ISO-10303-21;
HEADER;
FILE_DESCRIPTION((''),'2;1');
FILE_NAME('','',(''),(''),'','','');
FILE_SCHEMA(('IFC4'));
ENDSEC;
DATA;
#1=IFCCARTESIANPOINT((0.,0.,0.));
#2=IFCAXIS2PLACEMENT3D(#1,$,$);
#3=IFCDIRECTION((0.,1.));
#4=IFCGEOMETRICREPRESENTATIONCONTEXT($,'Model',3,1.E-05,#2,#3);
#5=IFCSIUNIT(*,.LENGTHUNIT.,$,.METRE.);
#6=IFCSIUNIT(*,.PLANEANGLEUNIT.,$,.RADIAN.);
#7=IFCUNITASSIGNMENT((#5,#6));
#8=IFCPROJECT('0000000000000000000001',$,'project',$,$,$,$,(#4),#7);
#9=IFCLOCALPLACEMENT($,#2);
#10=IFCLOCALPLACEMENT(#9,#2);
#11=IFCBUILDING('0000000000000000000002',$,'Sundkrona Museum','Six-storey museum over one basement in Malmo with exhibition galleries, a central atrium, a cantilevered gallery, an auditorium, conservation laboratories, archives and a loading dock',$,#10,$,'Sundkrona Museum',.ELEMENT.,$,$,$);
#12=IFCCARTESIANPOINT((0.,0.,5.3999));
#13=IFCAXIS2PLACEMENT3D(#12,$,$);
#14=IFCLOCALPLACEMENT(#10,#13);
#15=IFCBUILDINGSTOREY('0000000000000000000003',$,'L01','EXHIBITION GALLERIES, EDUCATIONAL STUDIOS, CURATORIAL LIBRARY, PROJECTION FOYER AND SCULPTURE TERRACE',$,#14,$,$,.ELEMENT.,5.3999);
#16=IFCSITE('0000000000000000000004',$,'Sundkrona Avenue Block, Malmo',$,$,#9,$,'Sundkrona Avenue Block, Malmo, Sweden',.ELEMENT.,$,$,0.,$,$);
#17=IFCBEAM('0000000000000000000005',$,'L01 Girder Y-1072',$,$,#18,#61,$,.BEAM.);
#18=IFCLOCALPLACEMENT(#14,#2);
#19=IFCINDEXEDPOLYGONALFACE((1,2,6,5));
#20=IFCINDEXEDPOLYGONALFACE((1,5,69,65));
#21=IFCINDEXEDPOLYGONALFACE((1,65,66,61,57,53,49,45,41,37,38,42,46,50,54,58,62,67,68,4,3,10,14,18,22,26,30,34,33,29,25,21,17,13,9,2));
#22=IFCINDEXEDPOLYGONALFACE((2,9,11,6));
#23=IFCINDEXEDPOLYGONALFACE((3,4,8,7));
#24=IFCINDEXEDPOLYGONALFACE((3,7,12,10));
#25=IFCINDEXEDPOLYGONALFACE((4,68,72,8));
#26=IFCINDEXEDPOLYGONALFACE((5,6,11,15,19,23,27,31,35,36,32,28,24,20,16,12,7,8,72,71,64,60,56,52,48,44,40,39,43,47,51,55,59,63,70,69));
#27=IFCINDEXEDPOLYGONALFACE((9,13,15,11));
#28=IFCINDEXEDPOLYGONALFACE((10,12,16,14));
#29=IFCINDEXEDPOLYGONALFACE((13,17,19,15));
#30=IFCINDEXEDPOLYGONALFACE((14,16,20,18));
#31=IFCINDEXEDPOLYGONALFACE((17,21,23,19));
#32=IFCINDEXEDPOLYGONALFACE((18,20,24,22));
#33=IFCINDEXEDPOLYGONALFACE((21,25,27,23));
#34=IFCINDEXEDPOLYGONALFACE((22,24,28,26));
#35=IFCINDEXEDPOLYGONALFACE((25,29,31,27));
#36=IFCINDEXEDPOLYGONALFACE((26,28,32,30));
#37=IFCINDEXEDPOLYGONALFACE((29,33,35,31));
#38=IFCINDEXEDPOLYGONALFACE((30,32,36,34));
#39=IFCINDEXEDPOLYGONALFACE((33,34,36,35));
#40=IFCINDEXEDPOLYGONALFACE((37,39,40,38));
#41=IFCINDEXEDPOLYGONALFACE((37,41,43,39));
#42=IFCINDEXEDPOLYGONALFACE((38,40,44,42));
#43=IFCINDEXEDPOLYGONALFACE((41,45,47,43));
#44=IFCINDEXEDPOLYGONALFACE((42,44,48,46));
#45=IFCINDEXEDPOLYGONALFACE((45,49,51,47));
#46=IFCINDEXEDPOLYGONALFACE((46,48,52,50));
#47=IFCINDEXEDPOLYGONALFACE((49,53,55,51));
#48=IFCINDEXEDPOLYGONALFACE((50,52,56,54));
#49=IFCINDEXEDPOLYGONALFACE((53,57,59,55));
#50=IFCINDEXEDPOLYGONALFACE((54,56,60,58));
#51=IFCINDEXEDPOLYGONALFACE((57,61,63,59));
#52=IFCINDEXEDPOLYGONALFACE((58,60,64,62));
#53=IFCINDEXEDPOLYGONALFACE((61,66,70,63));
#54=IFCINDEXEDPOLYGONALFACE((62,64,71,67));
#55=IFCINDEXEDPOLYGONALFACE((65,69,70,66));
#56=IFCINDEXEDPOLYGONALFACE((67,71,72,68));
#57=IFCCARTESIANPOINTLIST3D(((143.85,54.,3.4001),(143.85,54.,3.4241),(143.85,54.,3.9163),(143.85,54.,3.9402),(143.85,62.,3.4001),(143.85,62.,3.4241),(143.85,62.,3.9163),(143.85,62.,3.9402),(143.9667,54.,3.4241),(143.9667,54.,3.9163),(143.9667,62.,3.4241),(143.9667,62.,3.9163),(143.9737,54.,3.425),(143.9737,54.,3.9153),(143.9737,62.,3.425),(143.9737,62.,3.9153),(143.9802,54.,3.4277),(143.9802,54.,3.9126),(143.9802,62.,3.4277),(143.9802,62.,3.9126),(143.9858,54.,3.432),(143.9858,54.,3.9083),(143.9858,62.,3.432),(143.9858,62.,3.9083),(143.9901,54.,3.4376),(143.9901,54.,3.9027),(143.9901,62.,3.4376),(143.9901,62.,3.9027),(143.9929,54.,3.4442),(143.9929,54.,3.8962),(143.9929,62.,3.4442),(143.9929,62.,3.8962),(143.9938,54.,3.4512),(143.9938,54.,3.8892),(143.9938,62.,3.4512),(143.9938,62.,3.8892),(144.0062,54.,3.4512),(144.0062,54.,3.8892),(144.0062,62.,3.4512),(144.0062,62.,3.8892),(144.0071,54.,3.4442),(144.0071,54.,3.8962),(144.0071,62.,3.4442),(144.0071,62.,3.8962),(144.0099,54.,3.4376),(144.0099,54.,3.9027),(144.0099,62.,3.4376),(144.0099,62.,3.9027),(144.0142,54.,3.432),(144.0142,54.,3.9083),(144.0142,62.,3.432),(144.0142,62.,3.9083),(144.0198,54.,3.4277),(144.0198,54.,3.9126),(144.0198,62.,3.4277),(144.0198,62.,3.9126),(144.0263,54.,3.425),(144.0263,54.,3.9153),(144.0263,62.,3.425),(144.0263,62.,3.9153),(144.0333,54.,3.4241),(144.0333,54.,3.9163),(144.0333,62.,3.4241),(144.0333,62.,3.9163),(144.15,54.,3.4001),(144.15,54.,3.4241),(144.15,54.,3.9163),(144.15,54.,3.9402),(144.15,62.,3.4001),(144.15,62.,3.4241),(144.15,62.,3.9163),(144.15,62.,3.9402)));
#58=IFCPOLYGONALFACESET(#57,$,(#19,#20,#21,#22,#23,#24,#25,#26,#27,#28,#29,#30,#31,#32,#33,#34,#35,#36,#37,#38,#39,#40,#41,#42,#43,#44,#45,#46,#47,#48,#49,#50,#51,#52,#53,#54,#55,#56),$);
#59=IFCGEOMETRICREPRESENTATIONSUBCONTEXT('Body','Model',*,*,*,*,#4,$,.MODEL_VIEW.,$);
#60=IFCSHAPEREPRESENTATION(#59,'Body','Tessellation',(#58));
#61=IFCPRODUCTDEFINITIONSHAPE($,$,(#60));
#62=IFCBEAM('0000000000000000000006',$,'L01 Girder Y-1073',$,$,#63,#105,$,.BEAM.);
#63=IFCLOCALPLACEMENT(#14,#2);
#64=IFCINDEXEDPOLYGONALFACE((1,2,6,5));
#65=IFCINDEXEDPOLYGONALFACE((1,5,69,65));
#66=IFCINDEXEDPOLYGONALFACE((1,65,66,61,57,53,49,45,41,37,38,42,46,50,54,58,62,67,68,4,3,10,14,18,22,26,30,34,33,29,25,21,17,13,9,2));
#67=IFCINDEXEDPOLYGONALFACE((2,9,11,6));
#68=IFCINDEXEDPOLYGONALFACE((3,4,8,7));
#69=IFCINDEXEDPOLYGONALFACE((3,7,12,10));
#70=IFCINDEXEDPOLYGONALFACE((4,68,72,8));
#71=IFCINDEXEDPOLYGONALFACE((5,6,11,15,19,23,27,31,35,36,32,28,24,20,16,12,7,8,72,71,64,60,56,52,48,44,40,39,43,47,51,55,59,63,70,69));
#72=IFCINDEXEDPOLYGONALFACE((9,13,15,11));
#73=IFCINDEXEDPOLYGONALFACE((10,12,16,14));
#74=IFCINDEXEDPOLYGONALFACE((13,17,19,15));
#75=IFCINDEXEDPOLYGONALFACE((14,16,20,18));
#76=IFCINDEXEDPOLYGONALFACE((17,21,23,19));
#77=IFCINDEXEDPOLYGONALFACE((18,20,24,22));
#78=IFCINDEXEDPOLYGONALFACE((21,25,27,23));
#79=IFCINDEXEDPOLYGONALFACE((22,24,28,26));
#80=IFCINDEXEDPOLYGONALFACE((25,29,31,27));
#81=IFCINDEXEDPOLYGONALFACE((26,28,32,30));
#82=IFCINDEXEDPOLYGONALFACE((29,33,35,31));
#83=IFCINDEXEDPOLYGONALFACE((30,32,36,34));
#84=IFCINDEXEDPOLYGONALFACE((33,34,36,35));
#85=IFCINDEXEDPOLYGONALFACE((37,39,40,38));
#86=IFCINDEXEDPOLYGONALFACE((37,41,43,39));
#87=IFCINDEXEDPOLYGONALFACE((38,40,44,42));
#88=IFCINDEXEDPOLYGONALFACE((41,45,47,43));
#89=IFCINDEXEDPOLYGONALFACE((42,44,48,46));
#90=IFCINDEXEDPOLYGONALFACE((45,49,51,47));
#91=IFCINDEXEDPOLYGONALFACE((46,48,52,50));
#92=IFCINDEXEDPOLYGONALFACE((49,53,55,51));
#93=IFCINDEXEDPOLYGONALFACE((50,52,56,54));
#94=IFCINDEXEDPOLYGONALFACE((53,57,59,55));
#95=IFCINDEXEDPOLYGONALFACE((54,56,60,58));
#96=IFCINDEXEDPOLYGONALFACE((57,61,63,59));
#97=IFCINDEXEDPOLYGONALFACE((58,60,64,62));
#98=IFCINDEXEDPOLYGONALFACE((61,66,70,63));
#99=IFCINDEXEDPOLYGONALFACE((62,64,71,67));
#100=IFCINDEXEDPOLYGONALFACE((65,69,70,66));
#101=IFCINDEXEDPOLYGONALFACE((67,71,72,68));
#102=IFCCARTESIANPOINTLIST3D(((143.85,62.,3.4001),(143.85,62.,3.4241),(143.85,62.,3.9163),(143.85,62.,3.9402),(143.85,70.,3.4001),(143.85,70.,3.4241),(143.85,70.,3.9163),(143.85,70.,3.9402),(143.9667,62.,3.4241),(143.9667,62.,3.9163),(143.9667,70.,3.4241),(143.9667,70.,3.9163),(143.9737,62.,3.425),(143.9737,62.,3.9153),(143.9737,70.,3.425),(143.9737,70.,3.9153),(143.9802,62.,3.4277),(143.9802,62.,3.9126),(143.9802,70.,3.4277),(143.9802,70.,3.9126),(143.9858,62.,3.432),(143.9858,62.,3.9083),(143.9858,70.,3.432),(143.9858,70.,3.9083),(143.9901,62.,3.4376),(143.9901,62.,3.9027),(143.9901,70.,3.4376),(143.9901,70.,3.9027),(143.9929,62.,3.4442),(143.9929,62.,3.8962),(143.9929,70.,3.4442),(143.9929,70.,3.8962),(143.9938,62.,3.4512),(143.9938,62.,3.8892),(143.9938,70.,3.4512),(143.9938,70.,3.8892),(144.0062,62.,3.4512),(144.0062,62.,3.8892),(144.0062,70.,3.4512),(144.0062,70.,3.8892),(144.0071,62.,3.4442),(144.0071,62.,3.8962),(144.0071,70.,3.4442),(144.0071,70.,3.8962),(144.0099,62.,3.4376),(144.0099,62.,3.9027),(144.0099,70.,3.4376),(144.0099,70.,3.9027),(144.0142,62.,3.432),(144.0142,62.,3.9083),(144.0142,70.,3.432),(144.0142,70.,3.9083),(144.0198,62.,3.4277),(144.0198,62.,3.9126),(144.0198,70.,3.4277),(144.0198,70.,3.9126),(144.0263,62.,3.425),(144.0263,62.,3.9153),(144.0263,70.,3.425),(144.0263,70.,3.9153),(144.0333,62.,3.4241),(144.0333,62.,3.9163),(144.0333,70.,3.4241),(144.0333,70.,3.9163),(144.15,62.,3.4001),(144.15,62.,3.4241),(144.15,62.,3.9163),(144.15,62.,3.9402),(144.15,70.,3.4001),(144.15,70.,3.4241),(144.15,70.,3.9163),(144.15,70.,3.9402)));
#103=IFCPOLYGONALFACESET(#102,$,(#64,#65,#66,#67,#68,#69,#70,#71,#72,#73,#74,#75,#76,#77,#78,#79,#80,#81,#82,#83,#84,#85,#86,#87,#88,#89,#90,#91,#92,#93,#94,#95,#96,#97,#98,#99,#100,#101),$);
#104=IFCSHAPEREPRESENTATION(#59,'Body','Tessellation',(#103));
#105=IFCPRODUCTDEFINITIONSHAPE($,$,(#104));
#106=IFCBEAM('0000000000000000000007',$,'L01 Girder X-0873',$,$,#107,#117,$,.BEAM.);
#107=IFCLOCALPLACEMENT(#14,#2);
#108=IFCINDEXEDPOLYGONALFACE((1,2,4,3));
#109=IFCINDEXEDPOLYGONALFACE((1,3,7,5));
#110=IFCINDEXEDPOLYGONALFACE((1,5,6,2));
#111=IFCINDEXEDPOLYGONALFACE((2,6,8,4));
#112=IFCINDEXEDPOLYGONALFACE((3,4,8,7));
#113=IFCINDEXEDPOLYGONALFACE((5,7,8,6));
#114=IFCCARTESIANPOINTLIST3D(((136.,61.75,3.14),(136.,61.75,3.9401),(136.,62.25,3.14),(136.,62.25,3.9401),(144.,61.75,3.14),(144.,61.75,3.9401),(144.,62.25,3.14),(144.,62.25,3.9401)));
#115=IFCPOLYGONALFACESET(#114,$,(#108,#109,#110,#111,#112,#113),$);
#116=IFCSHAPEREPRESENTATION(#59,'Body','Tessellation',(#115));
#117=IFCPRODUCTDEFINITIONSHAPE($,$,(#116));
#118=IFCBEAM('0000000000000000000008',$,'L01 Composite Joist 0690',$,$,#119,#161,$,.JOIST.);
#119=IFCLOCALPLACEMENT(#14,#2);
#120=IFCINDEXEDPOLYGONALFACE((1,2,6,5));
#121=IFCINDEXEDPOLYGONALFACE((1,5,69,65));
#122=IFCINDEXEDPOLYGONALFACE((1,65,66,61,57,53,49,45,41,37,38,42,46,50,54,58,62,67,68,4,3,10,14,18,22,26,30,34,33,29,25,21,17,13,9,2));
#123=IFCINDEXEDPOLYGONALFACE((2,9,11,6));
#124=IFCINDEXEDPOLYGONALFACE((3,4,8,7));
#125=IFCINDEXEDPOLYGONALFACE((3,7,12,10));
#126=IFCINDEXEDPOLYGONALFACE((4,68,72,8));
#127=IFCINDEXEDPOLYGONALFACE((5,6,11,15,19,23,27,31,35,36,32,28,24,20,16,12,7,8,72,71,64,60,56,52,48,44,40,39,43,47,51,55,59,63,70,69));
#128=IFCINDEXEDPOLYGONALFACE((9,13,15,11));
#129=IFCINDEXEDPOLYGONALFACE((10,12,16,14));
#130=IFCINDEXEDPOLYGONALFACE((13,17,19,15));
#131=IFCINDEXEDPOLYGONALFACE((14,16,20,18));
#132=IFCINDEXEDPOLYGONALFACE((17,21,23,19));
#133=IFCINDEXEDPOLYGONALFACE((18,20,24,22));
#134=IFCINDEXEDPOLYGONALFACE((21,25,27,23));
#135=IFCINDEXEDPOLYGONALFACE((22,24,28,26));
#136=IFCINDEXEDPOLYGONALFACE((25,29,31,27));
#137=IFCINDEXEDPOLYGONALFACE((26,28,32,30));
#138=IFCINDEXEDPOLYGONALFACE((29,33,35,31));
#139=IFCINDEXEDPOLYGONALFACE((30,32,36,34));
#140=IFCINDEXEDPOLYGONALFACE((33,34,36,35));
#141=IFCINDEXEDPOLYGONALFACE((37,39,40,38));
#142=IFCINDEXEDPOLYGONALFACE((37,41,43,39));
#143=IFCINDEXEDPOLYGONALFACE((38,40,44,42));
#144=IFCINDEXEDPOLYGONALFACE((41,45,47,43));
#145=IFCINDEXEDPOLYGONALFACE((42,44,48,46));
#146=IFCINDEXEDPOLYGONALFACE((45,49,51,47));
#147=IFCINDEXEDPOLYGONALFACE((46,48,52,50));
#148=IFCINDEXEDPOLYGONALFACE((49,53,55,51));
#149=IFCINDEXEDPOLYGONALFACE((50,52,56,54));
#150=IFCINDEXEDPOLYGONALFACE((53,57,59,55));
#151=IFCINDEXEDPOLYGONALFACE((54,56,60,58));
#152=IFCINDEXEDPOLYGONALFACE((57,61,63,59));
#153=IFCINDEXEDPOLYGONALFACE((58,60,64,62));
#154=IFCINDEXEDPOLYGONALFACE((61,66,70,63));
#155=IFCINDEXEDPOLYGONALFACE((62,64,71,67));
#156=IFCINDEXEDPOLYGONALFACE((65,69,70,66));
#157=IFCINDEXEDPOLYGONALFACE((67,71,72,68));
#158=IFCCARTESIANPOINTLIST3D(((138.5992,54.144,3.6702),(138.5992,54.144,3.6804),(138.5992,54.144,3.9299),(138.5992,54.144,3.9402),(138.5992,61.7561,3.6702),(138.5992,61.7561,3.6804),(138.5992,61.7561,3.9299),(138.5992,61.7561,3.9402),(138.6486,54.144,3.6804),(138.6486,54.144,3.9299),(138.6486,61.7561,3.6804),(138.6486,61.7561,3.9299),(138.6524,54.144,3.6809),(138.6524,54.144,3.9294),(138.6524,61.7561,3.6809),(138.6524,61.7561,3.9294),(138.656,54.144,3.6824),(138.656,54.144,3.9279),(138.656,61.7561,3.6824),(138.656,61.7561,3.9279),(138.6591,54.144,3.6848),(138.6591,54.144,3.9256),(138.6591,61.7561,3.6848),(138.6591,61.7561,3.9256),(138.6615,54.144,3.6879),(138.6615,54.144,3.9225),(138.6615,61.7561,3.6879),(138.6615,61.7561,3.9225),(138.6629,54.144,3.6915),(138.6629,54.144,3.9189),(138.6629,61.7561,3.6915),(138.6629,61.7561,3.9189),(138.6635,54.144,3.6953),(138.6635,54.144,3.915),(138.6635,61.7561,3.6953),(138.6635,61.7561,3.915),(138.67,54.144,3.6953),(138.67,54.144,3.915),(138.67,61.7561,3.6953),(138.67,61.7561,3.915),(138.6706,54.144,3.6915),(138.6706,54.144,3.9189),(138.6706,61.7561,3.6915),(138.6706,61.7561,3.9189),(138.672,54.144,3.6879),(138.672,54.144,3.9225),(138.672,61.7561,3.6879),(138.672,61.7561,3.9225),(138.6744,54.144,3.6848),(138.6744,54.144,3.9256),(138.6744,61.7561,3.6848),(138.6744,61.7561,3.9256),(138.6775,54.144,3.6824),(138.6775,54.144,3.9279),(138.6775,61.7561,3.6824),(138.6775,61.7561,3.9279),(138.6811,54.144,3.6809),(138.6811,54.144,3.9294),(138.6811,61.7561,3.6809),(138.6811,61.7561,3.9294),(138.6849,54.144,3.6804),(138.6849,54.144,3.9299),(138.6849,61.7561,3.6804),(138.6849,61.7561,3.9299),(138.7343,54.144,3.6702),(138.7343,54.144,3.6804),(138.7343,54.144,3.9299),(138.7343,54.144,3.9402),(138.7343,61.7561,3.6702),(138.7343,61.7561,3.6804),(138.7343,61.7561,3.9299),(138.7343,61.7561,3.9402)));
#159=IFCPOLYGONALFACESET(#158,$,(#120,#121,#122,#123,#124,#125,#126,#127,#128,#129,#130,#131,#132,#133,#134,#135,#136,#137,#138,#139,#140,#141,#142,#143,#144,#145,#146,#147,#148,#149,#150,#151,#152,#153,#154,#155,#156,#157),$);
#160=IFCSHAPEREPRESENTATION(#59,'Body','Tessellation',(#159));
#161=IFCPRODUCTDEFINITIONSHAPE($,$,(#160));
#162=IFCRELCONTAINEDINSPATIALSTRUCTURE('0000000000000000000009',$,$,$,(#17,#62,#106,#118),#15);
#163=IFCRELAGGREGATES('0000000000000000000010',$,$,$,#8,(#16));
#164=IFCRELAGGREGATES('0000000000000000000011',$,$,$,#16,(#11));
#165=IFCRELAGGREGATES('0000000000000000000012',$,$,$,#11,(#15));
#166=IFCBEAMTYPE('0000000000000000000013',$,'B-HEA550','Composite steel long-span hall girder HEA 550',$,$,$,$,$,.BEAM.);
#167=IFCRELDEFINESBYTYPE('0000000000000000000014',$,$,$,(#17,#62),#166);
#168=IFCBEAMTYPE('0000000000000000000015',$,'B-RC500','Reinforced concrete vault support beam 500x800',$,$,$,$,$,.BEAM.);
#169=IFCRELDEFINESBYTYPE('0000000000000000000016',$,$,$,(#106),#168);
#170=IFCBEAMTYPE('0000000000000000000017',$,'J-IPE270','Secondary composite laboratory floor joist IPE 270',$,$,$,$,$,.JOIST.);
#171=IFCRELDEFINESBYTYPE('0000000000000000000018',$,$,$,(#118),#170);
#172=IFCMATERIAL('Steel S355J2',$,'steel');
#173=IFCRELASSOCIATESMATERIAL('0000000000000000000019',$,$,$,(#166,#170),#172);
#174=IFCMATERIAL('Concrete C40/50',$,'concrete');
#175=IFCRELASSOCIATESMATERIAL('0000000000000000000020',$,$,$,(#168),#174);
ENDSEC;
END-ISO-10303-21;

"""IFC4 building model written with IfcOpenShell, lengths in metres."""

from ifc_helpers import new_model, si_unit, direction, frame, origin, origin_2d, place, context, subcontext, project, spatial, rectangle, i_section, extrude, material, material_profile, profile_set, type_object, element, save


model = new_model("IFC4")

# Units and contexts
model_context = context("Model", 3, precision=1e-05, world=origin(), true_north=direction((0.0, 1.0)))
body_context = subcontext(model_context, "Body", "Model", "MODEL_VIEW")
ifc_project = project(units=[si_unit("LENGTHUNIT", "METRE"), si_unit("PLANEANGLEUNIT", "RADIAN")], contexts=[model_context])

# Site, building, storey
site_placement = place(None, origin())
site = spatial("IfcSite", under=ifc_project, at=site_placement, Name="Sundkrona Avenue Block, Malmo", LongName="Sundkrona Avenue Block, Malmo, Sweden", CompositionType="ELEMENT", RefElevation=0.0)
building_placement = place(site_placement, origin())
building = spatial("IfcBuilding", under=site, at=building_placement, Name="Sundkrona Museum", Description="Six-storey museum over one basement in Malmo with exhibition galleries, a central atrium, a cantilevered gallery, an auditorium, conservation laboratories, archives and a loading dock", LongName="Sundkrona Museum", CompositionType="ELEMENT")
storey_placement = place(building_placement, frame((0.0, 0.0, 5.3999)))
storey = spatial("IfcBuildingStorey", under=building, at=storey_placement, Name="L01", Description="EXHIBITION GALLERIES, EDUCATIONAL STUDIOS, CURATORIAL LIBRARY, PROJECTION FOYER AND SCULPTURE TERRACE", CompositionType="ELEMENT", Elevation=5.3999)

# Shared definitions
ifc_material_1 = material(Name="Steel S355J2", Category="steel")

# Beams
ifc_material_profile_1 = material_profile(ifc_material_1, i_section(OverallWidth=0.3, OverallDepth=0.54, WebThickness=0.0125, FlangeThickness=0.0239, FilletRadius=0.0271, at=origin_2d()), Name="HEA 550")
ifc_profile_set_1 = profile_set([ifc_material_profile_1], Name="Steel S355J2")
beam_type_1 = type_object("IfcBeamType", Name="B-HEA550", Description="Composite steel long-span hall girder HEA 550", PredefinedType="BEAM", material=ifc_profile_set_1)
for number, where, z_axis, x_axis, name in (
    (1, (144.0, 54.0, 3.6702), (0.0, 1.0, 0.0), (-1.0, 0.0, 0.0), "L01 Girder Y-1072"),
    (2, (144.0, 62.0, 3.6702), (0.0, 1.0, 0.0), (-1.0, 0.0, 0.0), "L01 Girder Y-1073"),
):
    element("IfcBeam", number, at=place(storey_placement, frame(where, z_axis=z_axis, x_axis=x_axis)), inside=storey, type_object=beam_type_1, Name=name, PredefinedType="BEAM", context=body_context, shape_type="SweptSolid", body=[
        extrude(i_section(OverallWidth=0.3, OverallDepth=0.54, WebThickness=0.0125, FlangeThickness=0.0239, FilletRadius=0.0271, at=origin_2d()), origin(), (0.0, 0.0, 1.0), 8.0),
    ])
ifc_material_2 = material(Name="Concrete C40/50", Category="concrete")
ifc_material_profile_2 = material_profile(ifc_material_2, rectangle(XDim=0.5, YDim=0.8, at=origin_2d()), Name="RCB 500x800")
ifc_profile_set_2 = profile_set([ifc_material_profile_2], Name="Concrete C40/50")
beam_type_2 = type_object("IfcBeamType", Name="B-RC500", Description="Reinforced concrete vault support beam 500x800", PredefinedType="BEAM", material=ifc_profile_set_2)
beam_1_placement = place(storey_placement, frame((136.0, 62.0, 3.54), z_axis=(1.0, 0.0, 0.0), x_axis=(0.0, 1.0, 0.0)))
element("IfcBeam", 3, at=beam_1_placement, inside=storey, type_object=beam_type_2, Name="L01 Girder X-0873", PredefinedType="BEAM", context=body_context, shape_type="SweptSolid", body=[
    extrude(rectangle(XDim=0.5, YDim=0.8, at=origin_2d()), origin(), (0.0, 0.0, 1.0), 8.0),
])
ifc_material_profile_3 = material_profile(ifc_material_1, i_section(OverallWidth=0.135, OverallDepth=0.27, WebThickness=0.0066, FlangeThickness=0.0103, FilletRadius=0.0149, at=origin_2d()), Name="IPE 270")
ifc_profile_set_3 = profile_set([ifc_material_profile_3], Name="Steel S355J2")
beam_type_3 = type_object("IfcBeamType", Name="J-IPE270", Description="Secondary composite laboratory floor joist IPE 270", PredefinedType="JOIST", material=ifc_profile_set_3)
beam_2_placement = place(storey_placement, frame((138.6667, 54.144, 3.8052), z_axis=(0.0, 1.0, 0.0), x_axis=(-1.0, 0.0, 0.0)))
element("IfcBeam", 4, at=beam_2_placement, inside=storey, type_object=beam_type_3, Name="L01 Composite Joist 0690", PredefinedType="JOIST", context=body_context, shape_type="SweptSolid", body=[
    extrude(i_section(OverallWidth=0.135, OverallDepth=0.27, WebThickness=0.0066, FlangeThickness=0.0103, FilletRadius=0.0149, at=origin_2d()), origin(), (0.0, 0.0, 1.0), 7.6121),
])

save(model, "model.ifc")
